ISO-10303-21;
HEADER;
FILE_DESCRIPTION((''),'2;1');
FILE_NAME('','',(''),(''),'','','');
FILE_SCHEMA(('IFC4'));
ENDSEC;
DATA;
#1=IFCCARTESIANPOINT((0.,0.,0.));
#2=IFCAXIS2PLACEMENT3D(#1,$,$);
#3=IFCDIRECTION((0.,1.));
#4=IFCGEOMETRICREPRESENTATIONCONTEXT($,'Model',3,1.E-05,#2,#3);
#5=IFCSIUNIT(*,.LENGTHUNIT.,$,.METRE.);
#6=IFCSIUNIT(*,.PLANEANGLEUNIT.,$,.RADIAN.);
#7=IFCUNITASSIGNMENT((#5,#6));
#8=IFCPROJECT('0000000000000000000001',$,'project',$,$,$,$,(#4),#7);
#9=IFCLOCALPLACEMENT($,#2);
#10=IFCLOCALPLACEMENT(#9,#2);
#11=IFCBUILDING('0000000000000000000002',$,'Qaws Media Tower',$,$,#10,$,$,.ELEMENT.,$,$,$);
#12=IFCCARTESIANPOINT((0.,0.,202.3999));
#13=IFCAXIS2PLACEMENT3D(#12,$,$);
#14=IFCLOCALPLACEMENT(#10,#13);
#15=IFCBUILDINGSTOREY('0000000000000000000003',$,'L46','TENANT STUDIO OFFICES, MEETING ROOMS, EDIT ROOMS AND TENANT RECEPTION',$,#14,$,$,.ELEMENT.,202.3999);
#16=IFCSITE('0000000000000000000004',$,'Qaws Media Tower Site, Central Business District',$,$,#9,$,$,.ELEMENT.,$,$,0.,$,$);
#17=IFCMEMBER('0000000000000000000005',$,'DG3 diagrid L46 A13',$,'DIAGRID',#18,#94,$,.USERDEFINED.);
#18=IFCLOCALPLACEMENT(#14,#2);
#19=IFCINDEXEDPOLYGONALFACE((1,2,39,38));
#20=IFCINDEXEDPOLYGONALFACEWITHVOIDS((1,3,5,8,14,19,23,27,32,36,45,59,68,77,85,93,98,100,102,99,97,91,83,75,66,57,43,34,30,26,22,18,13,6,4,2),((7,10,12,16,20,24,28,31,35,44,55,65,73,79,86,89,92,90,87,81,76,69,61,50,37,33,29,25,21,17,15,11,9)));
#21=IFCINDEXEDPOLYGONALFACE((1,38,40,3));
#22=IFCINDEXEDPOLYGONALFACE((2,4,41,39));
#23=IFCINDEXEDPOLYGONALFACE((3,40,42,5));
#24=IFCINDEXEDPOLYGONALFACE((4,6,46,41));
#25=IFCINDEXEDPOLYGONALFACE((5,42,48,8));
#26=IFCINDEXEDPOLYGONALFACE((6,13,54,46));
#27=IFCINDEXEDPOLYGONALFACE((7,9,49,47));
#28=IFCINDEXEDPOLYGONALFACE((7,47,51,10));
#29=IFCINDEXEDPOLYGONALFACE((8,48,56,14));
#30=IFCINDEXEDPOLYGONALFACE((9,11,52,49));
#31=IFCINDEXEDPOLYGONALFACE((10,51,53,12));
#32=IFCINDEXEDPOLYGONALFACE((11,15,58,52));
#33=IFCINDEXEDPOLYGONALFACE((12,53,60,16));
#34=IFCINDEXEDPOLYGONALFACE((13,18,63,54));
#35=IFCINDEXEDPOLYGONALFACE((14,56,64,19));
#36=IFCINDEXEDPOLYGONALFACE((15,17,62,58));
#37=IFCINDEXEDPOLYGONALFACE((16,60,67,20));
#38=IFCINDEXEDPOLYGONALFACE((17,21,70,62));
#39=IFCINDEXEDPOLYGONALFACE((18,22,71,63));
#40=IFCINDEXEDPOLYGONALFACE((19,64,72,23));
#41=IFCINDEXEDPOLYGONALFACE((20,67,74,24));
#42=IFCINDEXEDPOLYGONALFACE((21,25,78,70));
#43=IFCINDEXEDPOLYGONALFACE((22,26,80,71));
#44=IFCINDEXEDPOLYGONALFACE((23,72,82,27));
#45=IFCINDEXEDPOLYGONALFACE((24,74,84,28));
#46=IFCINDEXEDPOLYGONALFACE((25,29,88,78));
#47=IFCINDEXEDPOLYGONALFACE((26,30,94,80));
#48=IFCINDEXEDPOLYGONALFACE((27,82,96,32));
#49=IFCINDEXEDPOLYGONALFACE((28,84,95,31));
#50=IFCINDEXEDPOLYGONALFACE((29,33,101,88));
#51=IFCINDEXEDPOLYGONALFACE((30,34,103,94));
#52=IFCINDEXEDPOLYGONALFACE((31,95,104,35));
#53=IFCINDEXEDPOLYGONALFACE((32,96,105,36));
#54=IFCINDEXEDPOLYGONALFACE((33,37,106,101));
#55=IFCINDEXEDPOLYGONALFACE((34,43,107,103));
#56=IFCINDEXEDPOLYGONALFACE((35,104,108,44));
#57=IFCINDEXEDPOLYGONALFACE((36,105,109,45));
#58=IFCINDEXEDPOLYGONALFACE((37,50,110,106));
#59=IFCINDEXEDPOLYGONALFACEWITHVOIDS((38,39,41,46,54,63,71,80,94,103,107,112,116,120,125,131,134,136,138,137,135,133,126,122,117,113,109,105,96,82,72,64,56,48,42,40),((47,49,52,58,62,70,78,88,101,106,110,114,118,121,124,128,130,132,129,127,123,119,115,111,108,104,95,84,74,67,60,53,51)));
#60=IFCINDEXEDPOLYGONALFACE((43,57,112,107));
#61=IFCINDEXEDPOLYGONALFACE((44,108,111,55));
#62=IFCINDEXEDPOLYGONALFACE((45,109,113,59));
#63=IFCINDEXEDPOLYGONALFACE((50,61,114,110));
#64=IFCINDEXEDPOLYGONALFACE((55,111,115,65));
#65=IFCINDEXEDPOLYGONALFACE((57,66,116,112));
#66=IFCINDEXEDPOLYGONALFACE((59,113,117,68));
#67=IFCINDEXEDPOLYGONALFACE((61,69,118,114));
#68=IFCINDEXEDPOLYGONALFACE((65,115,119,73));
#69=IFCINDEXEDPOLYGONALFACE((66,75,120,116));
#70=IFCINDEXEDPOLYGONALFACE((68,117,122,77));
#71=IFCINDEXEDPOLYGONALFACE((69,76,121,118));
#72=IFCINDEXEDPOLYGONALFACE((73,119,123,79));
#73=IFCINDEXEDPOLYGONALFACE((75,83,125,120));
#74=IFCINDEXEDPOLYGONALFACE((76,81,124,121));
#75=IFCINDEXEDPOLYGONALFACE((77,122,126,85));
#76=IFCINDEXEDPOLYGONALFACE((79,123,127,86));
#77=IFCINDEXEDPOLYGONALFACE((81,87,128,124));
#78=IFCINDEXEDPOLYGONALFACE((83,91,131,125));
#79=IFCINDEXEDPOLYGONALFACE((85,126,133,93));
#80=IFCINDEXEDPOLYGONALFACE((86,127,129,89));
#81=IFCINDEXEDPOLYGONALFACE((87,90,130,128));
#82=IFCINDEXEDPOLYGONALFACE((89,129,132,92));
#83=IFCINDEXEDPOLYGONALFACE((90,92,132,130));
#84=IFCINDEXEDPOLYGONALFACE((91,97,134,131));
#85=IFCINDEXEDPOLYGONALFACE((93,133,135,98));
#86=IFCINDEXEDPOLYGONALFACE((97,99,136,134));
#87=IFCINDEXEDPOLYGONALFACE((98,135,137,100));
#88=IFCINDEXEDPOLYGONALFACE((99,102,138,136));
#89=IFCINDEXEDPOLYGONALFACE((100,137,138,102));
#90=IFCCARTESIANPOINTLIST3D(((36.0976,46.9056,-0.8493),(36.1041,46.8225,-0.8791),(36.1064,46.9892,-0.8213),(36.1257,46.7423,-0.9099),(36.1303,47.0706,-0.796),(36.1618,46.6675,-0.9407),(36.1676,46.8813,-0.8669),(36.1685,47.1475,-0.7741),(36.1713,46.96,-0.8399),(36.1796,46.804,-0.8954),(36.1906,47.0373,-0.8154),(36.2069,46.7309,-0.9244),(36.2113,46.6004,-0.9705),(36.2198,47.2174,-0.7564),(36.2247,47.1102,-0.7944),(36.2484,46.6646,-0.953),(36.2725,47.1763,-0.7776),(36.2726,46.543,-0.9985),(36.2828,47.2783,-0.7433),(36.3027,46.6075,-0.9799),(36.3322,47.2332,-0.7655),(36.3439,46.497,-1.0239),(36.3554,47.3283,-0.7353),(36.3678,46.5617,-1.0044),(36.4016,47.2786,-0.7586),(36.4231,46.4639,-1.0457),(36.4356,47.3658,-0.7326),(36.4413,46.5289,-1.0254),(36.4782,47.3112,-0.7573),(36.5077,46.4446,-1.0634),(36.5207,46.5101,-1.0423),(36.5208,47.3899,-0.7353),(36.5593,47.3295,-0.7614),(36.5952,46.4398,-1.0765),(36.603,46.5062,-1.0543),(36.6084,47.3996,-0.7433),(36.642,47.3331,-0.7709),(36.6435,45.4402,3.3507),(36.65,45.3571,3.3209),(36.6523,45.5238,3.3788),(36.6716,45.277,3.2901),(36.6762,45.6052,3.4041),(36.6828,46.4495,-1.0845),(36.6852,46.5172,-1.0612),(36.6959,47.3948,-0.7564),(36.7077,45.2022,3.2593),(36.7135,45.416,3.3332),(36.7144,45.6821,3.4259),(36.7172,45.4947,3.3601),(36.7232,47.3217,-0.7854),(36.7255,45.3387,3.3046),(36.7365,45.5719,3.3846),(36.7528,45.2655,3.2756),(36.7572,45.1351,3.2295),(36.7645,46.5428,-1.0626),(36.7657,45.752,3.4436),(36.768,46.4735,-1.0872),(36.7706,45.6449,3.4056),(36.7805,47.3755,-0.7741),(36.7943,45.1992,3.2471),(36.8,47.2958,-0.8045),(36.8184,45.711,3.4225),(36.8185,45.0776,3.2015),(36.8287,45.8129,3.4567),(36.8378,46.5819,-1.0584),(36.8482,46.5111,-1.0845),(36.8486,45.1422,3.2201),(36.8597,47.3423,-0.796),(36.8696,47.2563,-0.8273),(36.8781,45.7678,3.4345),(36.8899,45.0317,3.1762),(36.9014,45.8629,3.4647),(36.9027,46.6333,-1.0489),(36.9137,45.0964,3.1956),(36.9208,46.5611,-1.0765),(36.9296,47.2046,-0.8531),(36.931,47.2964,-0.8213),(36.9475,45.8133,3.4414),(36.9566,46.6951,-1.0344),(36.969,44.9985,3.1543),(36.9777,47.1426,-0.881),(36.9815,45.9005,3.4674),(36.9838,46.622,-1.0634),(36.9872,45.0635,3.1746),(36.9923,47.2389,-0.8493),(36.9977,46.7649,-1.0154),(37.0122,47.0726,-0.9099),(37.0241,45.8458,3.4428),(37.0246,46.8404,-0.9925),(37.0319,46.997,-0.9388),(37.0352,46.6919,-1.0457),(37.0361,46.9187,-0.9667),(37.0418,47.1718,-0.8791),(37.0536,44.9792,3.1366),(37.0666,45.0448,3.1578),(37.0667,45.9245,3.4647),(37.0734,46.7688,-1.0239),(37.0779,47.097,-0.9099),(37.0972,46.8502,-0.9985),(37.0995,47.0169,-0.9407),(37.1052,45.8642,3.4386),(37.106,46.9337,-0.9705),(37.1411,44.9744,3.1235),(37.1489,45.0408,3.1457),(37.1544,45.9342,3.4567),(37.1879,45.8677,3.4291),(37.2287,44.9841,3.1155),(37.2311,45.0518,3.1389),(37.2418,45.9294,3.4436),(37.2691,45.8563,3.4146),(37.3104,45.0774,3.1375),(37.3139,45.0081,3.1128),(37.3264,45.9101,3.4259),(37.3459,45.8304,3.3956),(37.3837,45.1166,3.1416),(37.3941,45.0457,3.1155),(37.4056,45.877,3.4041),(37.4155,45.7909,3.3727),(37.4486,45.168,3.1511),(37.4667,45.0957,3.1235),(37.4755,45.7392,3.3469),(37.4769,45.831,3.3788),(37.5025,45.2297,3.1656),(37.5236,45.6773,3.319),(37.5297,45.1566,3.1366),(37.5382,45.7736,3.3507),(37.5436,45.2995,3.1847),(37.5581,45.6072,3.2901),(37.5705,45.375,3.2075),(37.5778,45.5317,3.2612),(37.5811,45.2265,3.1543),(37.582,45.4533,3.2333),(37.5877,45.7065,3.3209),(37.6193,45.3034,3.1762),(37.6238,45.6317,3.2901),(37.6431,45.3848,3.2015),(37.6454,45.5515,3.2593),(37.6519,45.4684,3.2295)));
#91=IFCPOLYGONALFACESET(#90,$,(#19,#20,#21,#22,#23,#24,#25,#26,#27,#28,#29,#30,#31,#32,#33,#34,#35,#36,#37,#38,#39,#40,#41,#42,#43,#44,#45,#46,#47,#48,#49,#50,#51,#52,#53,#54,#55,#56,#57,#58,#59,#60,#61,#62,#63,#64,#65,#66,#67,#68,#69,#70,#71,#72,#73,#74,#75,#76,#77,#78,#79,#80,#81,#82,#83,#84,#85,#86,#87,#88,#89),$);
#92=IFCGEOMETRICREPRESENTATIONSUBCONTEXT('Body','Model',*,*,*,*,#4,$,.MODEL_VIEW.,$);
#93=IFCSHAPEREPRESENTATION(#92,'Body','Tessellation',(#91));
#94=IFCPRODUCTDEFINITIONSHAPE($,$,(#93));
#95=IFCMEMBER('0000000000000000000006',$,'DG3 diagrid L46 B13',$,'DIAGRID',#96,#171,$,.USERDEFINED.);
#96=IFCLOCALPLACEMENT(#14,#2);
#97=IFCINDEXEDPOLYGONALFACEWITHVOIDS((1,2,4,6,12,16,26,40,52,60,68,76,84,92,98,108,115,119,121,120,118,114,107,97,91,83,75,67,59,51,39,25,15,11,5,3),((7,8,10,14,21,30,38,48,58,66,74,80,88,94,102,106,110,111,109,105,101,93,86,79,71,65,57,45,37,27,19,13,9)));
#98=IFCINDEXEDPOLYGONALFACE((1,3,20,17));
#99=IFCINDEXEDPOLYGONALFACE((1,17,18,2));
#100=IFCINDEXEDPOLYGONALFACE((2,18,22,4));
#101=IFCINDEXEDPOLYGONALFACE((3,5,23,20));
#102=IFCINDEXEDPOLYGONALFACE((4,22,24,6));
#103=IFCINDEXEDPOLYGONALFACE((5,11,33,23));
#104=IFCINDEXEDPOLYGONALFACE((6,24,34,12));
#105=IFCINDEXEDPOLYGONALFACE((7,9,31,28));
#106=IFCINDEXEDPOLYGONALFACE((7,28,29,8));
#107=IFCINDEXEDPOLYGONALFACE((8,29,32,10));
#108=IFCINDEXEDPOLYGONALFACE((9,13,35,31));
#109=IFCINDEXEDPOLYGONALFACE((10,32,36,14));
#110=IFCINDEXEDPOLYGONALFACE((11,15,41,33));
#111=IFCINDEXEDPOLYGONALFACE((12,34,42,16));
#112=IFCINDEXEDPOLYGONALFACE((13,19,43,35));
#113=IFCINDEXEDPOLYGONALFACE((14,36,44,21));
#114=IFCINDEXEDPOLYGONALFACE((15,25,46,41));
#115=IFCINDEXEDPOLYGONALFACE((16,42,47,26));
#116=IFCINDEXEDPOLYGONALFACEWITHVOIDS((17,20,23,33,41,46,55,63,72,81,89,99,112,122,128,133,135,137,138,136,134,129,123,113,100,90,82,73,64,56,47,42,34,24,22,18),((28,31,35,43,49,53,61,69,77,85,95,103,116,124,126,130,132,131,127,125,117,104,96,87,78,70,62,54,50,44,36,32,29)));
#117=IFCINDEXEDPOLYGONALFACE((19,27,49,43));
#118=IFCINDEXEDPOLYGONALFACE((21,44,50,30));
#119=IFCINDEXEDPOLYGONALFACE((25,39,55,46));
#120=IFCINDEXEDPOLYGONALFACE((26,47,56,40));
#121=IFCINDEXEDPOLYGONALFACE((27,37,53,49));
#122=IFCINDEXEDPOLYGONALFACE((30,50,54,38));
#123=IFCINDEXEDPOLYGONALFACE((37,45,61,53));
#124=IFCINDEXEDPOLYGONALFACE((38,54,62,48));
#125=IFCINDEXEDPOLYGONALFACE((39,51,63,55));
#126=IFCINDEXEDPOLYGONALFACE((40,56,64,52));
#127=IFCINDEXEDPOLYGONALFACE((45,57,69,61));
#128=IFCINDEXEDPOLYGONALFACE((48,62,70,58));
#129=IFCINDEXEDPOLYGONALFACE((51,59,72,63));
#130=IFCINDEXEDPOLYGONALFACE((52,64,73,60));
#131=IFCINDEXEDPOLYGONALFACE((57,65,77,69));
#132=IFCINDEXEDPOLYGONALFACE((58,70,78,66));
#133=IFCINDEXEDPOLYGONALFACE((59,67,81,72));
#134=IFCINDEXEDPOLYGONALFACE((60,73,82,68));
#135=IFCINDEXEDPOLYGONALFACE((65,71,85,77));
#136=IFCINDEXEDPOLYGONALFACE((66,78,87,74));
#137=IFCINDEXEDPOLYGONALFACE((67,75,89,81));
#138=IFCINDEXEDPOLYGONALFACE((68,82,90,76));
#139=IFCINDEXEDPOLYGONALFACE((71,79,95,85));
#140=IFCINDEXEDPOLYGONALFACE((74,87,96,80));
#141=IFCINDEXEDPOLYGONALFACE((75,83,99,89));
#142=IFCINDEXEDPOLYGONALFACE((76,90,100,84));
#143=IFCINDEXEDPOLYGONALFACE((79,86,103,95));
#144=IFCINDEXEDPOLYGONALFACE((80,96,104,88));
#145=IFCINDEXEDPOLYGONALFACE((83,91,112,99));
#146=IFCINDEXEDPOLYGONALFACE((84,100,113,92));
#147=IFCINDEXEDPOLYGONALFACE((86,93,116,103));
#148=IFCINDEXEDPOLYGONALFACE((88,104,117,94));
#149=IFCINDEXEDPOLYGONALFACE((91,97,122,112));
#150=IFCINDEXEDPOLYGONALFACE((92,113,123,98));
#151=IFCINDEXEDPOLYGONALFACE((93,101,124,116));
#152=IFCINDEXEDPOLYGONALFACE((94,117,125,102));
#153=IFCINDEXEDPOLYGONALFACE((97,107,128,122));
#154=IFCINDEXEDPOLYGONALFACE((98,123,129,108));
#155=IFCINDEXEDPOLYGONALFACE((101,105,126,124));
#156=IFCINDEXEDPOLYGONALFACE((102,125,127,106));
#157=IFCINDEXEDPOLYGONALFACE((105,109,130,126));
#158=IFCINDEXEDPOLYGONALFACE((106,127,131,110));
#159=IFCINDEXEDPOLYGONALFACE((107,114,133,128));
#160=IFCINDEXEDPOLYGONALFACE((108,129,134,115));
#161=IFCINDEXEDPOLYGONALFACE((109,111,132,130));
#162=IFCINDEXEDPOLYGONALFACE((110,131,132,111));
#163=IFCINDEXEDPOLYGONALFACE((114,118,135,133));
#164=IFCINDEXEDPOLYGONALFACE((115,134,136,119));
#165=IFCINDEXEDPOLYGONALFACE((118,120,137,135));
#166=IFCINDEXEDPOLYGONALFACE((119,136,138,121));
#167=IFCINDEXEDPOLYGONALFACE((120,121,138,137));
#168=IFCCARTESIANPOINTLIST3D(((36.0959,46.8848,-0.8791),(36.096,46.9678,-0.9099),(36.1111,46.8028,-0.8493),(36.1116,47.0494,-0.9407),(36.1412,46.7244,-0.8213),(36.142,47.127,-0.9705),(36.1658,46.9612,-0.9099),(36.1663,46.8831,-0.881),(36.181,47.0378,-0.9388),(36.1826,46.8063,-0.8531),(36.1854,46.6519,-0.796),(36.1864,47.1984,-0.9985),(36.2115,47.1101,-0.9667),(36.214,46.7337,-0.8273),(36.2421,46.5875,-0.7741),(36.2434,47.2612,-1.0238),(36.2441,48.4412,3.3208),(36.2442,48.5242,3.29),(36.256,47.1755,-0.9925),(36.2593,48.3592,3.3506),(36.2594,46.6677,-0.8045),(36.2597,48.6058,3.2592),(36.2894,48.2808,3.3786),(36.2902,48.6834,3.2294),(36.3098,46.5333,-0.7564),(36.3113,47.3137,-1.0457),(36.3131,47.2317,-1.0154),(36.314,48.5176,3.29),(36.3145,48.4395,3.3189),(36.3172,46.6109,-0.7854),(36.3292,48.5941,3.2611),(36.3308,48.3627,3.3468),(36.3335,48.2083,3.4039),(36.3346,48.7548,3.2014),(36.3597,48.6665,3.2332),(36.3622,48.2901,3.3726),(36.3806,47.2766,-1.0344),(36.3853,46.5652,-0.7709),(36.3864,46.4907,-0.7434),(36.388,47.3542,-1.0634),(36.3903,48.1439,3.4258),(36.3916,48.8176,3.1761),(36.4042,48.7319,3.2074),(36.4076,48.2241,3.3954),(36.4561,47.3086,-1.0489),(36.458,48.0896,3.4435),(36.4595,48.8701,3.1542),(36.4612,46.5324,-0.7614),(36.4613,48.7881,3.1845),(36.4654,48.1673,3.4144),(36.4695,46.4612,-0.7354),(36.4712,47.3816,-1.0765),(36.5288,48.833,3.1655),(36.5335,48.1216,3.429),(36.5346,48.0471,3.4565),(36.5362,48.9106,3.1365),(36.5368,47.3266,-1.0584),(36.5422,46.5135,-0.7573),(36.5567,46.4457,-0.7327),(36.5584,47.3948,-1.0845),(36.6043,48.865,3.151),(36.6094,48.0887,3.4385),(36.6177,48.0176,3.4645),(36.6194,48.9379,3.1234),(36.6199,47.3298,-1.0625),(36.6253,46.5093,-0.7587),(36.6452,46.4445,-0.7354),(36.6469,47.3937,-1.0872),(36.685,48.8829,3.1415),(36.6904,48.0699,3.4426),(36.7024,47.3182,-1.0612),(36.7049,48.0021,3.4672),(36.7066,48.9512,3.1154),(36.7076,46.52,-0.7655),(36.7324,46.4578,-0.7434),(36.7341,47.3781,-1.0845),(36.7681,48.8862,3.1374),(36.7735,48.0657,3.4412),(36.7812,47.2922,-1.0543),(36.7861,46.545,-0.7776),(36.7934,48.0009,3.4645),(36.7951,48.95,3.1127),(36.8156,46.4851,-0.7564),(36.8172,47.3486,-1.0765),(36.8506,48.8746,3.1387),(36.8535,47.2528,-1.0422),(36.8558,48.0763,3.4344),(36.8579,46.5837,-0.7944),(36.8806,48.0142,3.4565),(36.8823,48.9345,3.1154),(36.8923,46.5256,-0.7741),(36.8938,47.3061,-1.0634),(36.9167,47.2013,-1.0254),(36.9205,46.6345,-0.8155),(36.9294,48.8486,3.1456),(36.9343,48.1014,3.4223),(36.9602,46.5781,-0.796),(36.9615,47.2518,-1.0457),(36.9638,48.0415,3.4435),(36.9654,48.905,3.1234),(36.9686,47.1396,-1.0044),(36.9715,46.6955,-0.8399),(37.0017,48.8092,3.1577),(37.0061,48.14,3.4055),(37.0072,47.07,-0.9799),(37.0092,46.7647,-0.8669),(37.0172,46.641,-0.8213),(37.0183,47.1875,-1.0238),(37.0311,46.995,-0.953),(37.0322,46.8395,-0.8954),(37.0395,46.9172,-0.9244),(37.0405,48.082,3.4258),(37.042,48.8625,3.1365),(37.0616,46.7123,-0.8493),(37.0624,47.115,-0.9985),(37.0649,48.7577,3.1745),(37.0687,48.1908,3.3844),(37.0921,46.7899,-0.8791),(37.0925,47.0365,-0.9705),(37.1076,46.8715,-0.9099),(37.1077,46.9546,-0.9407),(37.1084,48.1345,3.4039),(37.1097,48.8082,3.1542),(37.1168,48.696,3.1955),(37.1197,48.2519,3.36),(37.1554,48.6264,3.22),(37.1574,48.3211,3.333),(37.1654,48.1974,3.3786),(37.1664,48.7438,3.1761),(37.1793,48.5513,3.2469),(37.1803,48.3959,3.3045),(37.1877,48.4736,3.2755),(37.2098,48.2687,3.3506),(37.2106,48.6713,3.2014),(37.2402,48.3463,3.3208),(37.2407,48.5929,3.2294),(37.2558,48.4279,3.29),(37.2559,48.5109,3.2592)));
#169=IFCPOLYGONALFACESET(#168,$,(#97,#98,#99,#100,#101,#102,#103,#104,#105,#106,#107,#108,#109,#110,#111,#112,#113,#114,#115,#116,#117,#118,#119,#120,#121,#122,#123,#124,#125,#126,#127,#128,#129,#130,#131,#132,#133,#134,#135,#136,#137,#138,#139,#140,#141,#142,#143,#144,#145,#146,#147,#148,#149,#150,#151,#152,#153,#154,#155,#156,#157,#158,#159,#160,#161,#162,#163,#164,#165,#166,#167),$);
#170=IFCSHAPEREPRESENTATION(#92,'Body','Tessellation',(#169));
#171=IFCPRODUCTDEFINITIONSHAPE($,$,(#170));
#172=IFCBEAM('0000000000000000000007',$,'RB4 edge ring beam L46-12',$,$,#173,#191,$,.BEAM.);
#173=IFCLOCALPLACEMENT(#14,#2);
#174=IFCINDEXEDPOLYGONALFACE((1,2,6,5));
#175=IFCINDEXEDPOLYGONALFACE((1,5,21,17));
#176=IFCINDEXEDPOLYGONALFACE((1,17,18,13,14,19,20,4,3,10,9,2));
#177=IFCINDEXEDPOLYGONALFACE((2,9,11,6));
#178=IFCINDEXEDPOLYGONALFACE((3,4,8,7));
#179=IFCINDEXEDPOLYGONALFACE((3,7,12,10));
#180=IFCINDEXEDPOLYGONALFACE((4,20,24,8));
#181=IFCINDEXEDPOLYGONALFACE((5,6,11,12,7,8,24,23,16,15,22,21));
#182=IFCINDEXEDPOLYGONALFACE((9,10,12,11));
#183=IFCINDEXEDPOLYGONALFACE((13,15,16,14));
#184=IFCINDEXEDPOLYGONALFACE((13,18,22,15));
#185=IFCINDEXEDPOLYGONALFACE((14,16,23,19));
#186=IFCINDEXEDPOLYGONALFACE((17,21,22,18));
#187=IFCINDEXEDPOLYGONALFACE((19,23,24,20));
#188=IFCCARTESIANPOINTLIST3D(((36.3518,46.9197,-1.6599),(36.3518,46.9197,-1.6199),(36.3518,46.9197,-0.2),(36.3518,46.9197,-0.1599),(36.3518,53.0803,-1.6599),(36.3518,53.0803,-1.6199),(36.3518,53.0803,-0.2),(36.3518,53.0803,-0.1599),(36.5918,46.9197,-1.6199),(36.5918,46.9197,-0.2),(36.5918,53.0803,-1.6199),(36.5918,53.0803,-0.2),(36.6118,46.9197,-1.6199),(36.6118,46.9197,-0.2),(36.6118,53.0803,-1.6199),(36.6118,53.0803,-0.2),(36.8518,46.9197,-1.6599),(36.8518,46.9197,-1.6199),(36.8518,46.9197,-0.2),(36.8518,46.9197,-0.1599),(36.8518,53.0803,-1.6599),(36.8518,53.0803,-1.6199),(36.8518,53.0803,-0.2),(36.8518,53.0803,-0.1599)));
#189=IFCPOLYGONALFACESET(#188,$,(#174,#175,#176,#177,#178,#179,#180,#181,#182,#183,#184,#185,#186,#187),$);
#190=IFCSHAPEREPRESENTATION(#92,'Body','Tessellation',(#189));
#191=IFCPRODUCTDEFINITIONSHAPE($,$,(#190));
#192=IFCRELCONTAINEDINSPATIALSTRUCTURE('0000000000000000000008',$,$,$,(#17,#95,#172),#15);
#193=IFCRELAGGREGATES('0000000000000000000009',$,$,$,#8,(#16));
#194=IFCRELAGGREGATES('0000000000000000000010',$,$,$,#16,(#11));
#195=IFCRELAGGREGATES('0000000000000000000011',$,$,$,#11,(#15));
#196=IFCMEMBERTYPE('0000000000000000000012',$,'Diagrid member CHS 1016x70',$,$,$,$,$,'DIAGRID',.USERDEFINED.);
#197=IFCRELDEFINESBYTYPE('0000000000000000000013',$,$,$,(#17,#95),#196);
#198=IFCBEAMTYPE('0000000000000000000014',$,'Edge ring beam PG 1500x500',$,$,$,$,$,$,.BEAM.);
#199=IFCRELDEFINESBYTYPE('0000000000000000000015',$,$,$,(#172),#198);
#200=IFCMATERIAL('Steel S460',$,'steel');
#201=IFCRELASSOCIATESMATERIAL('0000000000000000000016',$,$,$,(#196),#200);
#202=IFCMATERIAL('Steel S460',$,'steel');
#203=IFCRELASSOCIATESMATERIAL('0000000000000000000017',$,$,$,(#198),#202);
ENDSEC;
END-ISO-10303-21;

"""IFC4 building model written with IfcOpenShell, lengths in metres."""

from ifc_helpers import new_model, si_unit, direction, frame, origin, origin_2d, place, context, subcontext, project, spatial, hollow_circle, i_section, extrude, material, material_profile, profile_set, type_object, element, save


model = new_model("IFC4")

# Units and contexts
model_context = context("Model", 3, precision=1e-05, world=origin(), true_north=direction((0.0, 1.0)))
body_context = subcontext(model_context, "Body", "Model", "MODEL_VIEW")
ifc_project = project(units=[si_unit("LENGTHUNIT", "METRE"), si_unit("PLANEANGLEUNIT", "RADIAN")], contexts=[model_context])

# Site, building, storey
site_placement = place(None, origin())
site = spatial("IfcSite", under=ifc_project, at=site_placement, Name="Qaws Media Tower Site, Central Business District", CompositionType="ELEMENT", RefElevation=0.0)
building_placement = place(site_placement, origin())
building = spatial("IfcBuilding", under=site, at=building_placement, Name="Qaws Media Tower", CompositionType="ELEMENT")
storey_placement = place(building_placement, frame((0.0, 0.0, 202.3999)))
storey = spatial("IfcBuildingStorey", under=building, at=storey_placement, Name="L46", Description="TENANT STUDIO OFFICES, MEETING ROOMS, EDIT ROOMS AND TENANT RECEPTION", CompositionType="ELEMENT", Elevation=202.3999)

# Members
ifc_material_1 = material(Name="Steel S460", Category="steel")
ifc_material_profile_1 = material_profile(ifc_material_1, hollow_circle(Radius=0.5081, WallThickness=0.0701, at=origin_2d()), Name="CHS 1016x70")
ifc_profile_set_1 = profile_set([ifc_material_profile_1], Name="Steel S460")
member_type_1 = type_object("IfcMemberType", Name="Diagrid member CHS 1016x70", ElementType="DIAGRID", PredefinedType="USERDEFINED", material=ifc_profile_set_1)
for number, where, z_axis, x_axis, name in (
    (1, (36.6018, 46.9197, -0.9099), (0.121809, -0.326966, 0.937153), (0.937084, 0.349104, 0.0), "DG3 diagrid L46 A13"),
):
    element("IfcMember", number, at=place(storey_placement, frame(where, z_axis=z_axis, x_axis=x_axis)), inside=storey, type_object=member_type_1, Name=name, ObjectType="DIAGRID", PredefinedType="USERDEFINED", context=body_context, shape_type="SweptSolid", body=[
        extrude(hollow_circle(Radius=0.5081, WallThickness=0.0701, at=origin_2d()), origin(), (0.0, 0.0, 1.0), 4.4817),
    ])
member_1_placement = place(storey_placement, frame((36.6018, 46.9197, -0.9099), z_axis=(0.033068, 0.347293, 0.937173), x_axis=(-0.995498, 0.094787, 0.0)))
element("IfcMember", 2, at=member_1_placement, inside=storey, type_object=member_type_1, Name="DG3 diagrid L46 B13", ObjectType="DIAGRID", PredefinedType="USERDEFINED", context=body_context, shape_type="SweptSolid", body=[
    extrude(hollow_circle(Radius=0.5081, WallThickness=0.0701, at=origin_2d()), origin(), (0.0, 0.0, 1.0), 4.4814),
])

# Beam
ifc_material_2 = material(Name="Steel S460", Category="steel")
ifc_material_profile_2 = material_profile(ifc_material_2, i_section(OverallWidth=0.5, OverallDepth=1.5, WebThickness=0.02, FlangeThickness=0.04, at=origin_2d()), Name="PG 1500x500")
ifc_profile_set_2 = profile_set([ifc_material_profile_2], Name="Steel S460")
beam_type = type_object("IfcBeamType", Name="Edge ring beam PG 1500x500", PredefinedType="BEAM", material=ifc_profile_set_2)
beam_1_placement = place(storey_placement, frame((36.6018, 53.0803, -0.9099), z_axis=(0.0, -1.0, 0.0), x_axis=(1.0, 0.0, 0.0)))
element("IfcBeam", 3, at=beam_1_placement, inside=storey, type_object=beam_type, Name="RB4 edge ring beam L46-12", PredefinedType="BEAM", context=body_context, shape_type="SweptSolid", body=[
    extrude(i_section(OverallWidth=0.5, OverallDepth=1.5, WebThickness=0.02, FlangeThickness=0.04, at=origin_2d()), origin(), (0.0, 0.0, 1.0), 6.1606),
])

save(model, "model.ifc")
